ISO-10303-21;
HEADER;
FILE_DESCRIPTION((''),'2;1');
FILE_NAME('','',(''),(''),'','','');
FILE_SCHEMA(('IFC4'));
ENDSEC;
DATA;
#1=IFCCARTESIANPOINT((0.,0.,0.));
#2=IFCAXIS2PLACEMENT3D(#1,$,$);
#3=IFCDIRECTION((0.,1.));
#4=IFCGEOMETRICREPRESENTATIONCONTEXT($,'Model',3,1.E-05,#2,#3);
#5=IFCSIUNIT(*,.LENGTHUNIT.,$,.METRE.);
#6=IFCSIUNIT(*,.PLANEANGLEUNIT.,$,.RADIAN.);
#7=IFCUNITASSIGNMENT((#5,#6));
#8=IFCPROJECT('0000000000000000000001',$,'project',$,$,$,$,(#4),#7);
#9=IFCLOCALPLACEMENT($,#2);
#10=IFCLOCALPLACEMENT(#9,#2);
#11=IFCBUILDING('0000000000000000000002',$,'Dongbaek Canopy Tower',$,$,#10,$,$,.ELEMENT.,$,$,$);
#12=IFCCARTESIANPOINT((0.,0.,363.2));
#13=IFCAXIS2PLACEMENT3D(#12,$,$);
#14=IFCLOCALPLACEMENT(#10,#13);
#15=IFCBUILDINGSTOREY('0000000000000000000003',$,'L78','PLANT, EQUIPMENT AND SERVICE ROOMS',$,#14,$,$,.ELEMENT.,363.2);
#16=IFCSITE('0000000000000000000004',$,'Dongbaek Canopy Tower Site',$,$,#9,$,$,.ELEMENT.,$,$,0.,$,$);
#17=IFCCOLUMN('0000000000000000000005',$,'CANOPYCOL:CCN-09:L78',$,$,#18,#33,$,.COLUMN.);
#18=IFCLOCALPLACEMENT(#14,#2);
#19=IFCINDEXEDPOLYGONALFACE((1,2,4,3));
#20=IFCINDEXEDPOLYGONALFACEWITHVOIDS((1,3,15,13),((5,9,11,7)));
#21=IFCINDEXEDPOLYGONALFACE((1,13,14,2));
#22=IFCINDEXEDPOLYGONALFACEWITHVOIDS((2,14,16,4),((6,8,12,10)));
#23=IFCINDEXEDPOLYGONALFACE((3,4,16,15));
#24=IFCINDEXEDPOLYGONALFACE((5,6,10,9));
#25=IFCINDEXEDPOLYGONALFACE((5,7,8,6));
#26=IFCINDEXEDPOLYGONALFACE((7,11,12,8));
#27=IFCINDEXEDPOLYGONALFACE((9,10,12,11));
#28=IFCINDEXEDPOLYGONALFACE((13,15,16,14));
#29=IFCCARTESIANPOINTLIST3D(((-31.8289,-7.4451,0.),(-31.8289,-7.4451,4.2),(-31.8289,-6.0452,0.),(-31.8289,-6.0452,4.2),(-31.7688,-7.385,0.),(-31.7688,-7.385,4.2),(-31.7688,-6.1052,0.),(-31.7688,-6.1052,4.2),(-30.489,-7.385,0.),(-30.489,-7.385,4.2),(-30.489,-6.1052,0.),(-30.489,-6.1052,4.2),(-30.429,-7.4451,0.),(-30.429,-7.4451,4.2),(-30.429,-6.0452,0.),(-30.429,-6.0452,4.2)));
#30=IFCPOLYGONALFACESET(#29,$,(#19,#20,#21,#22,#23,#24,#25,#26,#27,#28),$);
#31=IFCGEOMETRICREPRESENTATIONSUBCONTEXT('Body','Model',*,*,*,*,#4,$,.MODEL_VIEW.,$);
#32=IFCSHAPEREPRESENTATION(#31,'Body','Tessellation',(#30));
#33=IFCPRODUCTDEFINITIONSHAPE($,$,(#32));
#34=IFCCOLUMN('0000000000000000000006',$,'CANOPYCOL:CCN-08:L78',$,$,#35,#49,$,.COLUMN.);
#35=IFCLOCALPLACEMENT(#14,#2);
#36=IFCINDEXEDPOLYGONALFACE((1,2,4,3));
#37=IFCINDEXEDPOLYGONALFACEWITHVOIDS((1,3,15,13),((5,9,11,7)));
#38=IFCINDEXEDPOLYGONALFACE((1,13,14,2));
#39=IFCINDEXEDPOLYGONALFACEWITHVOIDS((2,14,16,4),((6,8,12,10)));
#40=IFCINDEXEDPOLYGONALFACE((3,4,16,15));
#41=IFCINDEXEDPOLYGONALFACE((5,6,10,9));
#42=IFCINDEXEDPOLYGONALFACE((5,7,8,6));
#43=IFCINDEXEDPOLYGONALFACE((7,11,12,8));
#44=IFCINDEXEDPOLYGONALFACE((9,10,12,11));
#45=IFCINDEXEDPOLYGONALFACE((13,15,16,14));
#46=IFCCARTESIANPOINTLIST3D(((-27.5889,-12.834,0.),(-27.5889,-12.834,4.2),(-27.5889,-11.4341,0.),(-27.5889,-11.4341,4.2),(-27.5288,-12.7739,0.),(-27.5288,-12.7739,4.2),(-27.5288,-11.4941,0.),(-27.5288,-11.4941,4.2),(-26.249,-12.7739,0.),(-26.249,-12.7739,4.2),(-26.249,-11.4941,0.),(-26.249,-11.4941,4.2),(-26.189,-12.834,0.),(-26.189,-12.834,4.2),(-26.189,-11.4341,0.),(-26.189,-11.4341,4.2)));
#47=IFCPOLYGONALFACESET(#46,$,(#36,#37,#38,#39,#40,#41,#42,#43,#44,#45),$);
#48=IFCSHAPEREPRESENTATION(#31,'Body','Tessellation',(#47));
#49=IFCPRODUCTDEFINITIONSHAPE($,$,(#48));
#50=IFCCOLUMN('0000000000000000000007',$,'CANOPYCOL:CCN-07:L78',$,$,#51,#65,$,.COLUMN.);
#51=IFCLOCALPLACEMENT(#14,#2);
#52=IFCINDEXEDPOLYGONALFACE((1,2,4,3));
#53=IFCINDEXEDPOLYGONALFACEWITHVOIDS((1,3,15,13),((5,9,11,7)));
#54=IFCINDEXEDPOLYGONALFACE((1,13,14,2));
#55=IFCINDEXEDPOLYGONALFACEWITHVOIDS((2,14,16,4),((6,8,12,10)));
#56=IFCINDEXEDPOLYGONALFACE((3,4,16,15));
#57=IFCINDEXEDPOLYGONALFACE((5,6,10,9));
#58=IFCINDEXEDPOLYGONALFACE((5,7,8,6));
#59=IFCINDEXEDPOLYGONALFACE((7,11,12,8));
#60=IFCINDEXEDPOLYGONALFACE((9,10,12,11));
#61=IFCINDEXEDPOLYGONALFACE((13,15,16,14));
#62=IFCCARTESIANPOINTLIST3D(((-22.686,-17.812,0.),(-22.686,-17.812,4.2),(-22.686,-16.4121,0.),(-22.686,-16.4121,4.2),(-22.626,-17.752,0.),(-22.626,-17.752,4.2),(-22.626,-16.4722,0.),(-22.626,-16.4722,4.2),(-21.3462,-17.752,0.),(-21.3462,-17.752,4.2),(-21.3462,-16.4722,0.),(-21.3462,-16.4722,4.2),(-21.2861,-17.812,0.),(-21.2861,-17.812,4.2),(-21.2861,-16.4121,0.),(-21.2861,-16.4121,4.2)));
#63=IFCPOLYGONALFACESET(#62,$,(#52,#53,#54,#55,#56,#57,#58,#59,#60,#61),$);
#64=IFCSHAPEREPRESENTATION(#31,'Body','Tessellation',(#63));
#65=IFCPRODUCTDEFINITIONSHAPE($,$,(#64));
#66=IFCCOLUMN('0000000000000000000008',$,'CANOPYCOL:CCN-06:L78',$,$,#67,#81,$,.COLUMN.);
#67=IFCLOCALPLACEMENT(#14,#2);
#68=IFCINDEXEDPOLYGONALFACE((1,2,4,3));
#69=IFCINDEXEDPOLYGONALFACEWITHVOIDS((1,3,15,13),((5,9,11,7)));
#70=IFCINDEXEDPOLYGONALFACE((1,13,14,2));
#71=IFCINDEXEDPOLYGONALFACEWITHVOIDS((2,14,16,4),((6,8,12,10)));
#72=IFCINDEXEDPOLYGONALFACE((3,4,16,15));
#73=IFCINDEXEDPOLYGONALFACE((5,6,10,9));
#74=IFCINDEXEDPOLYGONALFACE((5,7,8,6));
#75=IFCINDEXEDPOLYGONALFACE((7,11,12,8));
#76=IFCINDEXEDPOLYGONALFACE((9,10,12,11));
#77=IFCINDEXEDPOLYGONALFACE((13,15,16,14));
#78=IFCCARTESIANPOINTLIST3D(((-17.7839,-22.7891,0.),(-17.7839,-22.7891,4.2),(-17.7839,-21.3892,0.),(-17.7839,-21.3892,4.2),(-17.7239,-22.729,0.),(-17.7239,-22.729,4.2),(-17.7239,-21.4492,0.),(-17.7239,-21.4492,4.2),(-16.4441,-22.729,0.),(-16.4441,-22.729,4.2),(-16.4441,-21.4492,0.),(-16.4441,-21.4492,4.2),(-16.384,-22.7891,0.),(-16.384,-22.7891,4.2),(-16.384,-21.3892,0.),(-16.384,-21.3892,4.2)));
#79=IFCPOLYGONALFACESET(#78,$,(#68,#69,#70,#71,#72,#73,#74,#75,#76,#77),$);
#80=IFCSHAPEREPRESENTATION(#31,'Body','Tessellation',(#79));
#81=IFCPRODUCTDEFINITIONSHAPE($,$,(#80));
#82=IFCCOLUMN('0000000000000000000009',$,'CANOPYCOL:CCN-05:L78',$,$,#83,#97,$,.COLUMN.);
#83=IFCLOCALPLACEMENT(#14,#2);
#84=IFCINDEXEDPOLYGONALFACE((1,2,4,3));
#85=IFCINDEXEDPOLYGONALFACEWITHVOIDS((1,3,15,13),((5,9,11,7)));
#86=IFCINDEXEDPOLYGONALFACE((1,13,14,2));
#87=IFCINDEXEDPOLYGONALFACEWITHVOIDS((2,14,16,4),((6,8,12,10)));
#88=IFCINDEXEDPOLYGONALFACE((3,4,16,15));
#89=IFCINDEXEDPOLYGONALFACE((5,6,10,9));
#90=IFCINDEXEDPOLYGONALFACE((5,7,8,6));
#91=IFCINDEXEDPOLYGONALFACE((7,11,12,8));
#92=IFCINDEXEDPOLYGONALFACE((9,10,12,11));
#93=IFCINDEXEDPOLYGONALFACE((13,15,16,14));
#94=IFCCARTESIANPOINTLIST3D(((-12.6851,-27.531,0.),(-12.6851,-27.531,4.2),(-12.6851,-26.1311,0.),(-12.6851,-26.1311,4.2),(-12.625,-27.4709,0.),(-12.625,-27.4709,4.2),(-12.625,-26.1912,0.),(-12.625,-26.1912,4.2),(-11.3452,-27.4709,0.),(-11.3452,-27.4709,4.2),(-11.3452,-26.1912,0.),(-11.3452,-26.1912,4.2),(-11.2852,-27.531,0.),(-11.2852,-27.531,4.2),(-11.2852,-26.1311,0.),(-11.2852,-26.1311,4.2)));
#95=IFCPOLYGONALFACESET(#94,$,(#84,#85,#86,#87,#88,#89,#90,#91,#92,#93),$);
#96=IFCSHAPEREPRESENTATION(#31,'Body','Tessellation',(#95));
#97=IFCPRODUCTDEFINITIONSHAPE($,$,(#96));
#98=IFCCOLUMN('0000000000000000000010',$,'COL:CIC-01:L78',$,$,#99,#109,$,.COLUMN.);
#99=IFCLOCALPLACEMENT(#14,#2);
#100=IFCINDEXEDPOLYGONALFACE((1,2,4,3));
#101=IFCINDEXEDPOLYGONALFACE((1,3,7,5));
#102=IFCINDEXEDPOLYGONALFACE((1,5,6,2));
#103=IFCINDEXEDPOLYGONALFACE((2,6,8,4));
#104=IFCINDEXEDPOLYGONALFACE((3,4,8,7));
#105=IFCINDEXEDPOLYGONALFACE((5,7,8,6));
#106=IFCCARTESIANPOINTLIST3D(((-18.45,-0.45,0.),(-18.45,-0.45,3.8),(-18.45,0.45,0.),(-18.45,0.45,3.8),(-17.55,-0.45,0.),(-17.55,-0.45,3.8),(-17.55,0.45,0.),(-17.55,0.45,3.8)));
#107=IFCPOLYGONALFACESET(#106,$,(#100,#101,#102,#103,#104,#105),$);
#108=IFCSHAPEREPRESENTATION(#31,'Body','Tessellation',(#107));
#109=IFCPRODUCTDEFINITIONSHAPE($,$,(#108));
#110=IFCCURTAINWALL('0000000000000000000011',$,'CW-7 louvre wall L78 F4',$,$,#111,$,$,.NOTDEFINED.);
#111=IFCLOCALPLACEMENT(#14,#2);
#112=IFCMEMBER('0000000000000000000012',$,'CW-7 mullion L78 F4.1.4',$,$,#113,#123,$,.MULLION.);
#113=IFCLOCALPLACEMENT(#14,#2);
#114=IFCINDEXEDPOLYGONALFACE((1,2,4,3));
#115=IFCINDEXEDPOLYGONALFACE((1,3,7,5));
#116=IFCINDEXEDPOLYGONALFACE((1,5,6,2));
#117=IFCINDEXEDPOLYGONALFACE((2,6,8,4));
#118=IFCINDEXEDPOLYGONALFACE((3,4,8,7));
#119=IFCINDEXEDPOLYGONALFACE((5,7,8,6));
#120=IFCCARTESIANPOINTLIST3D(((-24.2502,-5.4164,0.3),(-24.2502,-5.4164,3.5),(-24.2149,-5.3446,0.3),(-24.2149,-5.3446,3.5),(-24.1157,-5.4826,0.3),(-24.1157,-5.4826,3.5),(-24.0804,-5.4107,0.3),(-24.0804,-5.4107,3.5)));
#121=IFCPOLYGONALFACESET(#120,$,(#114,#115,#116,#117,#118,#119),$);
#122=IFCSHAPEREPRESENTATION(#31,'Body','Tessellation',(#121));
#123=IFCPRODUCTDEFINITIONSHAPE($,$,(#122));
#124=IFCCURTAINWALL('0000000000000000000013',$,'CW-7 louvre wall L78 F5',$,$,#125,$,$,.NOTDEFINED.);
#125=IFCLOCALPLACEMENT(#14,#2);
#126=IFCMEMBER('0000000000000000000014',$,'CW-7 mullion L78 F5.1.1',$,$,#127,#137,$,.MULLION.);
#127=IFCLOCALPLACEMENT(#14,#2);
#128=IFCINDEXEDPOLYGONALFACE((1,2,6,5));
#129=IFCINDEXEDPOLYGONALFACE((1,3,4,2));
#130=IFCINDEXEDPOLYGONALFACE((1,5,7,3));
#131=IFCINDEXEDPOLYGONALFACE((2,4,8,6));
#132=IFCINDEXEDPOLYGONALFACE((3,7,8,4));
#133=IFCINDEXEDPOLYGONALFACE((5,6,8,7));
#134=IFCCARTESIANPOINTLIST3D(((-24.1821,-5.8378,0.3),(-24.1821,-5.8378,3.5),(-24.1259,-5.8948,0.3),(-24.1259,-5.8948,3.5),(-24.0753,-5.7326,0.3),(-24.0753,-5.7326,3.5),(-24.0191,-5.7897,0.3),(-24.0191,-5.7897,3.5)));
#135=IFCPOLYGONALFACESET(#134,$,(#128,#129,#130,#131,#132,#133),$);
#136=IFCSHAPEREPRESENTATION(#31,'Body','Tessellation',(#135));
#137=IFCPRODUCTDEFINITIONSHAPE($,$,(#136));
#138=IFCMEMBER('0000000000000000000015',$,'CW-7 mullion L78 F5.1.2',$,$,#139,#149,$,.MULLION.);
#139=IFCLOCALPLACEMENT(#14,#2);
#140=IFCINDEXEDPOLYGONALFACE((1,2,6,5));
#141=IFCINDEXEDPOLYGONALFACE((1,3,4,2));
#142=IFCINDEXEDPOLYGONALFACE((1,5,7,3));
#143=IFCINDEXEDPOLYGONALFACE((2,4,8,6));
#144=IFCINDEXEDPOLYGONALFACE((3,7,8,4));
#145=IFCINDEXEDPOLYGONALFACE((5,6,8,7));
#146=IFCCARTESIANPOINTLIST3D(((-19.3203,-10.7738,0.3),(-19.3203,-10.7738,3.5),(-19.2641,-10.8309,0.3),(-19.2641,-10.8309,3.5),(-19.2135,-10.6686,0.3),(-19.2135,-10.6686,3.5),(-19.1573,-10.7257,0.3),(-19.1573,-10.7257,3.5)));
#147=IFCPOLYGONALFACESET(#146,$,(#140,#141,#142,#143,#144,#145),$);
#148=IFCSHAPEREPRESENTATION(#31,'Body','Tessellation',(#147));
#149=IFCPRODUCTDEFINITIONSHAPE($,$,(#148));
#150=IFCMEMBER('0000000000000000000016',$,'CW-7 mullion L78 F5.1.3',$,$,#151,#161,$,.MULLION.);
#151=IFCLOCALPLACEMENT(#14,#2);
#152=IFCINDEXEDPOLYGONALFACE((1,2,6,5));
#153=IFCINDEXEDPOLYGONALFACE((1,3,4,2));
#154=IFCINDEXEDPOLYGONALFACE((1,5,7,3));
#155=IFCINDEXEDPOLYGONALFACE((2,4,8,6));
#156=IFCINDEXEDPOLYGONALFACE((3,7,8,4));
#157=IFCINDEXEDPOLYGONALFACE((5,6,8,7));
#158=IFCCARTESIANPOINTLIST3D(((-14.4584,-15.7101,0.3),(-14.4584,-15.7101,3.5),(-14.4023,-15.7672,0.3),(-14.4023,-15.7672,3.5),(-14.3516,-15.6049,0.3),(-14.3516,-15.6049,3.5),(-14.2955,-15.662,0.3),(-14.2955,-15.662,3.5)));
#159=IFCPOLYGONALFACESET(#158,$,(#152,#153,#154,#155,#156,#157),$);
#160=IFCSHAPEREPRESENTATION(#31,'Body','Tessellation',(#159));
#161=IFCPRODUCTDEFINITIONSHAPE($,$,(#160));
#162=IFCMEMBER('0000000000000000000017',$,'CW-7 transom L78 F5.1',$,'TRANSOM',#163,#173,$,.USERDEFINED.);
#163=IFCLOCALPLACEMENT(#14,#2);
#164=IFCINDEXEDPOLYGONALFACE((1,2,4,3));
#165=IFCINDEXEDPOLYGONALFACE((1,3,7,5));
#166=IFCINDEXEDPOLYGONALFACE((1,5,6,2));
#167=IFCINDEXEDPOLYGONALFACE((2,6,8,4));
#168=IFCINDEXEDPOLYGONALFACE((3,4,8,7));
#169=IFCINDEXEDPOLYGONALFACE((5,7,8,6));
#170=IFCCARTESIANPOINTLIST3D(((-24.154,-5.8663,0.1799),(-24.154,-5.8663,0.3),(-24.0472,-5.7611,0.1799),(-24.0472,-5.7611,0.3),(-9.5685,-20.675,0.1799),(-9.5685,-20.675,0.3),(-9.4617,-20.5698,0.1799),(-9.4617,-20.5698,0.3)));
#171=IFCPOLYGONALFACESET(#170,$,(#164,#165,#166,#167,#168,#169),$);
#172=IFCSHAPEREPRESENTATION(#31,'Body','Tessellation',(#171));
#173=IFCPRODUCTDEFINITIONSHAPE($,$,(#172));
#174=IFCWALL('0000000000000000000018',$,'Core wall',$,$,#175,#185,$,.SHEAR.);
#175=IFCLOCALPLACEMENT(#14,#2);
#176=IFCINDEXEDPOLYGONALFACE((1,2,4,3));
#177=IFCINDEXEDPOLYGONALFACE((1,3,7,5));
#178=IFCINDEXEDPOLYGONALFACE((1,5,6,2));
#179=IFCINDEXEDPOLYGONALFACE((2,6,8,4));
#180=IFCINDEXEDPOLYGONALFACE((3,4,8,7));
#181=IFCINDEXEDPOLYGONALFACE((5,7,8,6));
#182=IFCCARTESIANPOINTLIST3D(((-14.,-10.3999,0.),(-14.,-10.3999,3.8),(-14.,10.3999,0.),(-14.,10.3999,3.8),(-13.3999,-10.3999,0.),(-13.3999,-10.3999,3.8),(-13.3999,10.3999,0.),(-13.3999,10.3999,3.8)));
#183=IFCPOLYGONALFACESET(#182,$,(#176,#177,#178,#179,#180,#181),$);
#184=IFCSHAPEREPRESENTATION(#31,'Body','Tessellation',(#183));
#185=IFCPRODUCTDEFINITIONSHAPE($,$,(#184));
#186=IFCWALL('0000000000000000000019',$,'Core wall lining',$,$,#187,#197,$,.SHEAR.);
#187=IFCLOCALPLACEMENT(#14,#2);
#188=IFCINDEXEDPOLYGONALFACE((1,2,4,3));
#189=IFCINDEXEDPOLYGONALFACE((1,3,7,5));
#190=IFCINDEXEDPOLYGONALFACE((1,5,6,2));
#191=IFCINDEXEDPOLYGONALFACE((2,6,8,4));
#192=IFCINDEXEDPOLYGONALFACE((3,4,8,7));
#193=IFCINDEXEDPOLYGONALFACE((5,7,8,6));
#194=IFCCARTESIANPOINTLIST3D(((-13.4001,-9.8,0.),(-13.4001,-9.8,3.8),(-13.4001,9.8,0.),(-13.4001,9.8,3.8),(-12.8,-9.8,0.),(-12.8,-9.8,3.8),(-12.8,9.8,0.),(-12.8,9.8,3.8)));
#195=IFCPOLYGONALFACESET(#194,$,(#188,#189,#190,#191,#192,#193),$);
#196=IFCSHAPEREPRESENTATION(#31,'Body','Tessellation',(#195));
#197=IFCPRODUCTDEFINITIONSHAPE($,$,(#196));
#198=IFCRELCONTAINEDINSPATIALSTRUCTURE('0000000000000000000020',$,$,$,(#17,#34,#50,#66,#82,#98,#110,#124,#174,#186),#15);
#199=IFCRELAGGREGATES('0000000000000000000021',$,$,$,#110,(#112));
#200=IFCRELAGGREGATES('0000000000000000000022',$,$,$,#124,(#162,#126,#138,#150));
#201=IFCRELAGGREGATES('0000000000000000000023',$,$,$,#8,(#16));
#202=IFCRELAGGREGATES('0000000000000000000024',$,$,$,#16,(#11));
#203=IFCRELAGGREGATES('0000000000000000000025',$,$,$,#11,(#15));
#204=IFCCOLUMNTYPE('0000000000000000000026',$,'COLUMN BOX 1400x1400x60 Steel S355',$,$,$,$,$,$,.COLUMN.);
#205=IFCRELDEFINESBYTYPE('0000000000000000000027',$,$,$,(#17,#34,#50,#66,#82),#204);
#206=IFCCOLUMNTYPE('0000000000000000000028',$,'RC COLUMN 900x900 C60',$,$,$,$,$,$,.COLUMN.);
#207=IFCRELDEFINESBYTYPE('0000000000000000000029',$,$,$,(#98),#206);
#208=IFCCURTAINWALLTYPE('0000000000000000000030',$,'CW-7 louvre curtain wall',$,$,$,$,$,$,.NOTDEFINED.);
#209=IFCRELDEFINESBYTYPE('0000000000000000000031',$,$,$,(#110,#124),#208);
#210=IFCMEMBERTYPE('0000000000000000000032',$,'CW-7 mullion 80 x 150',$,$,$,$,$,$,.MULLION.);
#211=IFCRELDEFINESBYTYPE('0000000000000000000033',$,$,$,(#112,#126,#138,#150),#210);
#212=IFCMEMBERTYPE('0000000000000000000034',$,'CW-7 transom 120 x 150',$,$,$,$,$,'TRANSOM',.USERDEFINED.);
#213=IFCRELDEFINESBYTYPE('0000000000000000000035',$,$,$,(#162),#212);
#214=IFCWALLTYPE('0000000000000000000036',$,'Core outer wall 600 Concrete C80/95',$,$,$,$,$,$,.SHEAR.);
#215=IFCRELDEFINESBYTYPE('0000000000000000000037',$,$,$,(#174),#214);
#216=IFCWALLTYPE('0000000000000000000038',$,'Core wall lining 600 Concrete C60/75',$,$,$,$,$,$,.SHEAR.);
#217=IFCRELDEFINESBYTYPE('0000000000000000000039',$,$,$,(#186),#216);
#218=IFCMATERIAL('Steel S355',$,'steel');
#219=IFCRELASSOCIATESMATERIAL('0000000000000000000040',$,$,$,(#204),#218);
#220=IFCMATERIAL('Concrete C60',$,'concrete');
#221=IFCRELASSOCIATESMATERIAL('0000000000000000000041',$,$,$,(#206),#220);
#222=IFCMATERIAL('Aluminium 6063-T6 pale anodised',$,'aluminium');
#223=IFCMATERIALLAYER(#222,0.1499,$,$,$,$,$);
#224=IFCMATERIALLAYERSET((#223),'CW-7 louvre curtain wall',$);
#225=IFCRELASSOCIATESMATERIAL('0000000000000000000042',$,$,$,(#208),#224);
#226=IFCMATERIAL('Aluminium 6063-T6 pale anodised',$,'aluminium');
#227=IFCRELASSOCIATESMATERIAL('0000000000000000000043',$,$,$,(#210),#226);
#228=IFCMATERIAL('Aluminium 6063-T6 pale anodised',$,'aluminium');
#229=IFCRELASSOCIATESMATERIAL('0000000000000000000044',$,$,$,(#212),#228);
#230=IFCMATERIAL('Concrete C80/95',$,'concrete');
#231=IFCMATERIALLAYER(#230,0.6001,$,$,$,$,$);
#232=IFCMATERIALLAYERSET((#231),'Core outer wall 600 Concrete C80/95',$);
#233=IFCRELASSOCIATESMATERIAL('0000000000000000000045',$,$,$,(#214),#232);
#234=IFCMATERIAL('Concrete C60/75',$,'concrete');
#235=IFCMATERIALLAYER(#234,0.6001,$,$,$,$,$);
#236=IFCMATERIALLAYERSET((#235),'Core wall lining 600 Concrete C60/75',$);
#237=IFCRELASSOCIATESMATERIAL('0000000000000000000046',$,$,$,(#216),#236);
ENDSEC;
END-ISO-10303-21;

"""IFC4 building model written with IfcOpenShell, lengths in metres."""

from ifc_helpers import new_model, si_unit, direction, frame, frame_2d, origin, origin_2d, place, context, subcontext, project, spatial, rectangle, hollow_rectangle, extrude, material, layer, layer_set, material_profile, profile_set, type_object, element, aggregate, save


model = new_model("IFC4")

# Units and contexts
model_context = context("Model", 3, precision=1e-05, world=origin(), true_north=direction((0.0, 1.0)))
body_context = subcontext(model_context, "Body", "Model", "MODEL_VIEW")
ifc_project = project(units=[si_unit("LENGTHUNIT", "METRE"), si_unit("PLANEANGLEUNIT", "RADIAN")], contexts=[model_context])

# Site, building, storey
site_placement = place(None, origin())
site = spatial("IfcSite", under=ifc_project, at=site_placement, Name="Dongbaek Canopy Tower Site", CompositionType="ELEMENT", RefElevation=0.0)
building_placement = place(site_placement, origin())
building = spatial("IfcBuilding", under=site, at=building_placement, Name="Dongbaek Canopy Tower", CompositionType="ELEMENT")
storey_placement = place(building_placement, frame((0.0, 0.0, 363.2)))
storey = spatial("IfcBuildingStorey", under=building, at=storey_placement, Name="L78", Description="PLANT, EQUIPMENT AND SERVICE ROOMS", CompositionType="ELEMENT", Elevation=363.2)

# Columns
ifc_material_1 = material(Name="Steel S355", Category="steel")
ifc_material_profile_1 = material_profile(ifc_material_1, hollow_rectangle(XDim=1.3999, YDim=1.3999, WallThickness=0.0601, at=origin_2d()), Name="COLUMN BOX 1400x1400x60 Steel S355")
ifc_profile_set_1 = profile_set([ifc_material_profile_1], Name="Steel S355")
column_type_1 = type_object("IfcColumnType", Name="COLUMN BOX 1400x1400x60 Steel S355", PredefinedType="COLUMN", material=ifc_profile_set_1)
for number, where, z_axis, x_axis, name in (
    (1, (-31.1289, -6.7451, 0.0), (0.0, 0.0, 1.0), (1.0, 0.0, 0.0), "CANOPYCOL:CCN-09:L78"),
    (2, (-26.8889, -12.134, 0.0), (0.0, 0.0, 1.0), (1.0, 0.0, 0.0), "CANOPYCOL:CCN-08:L78"),
    (3, (-21.9861, -17.1121, 0.0), (0.0, 0.0, 1.0), (1.0, 0.0, 0.0), "CANOPYCOL:CCN-07:L78"),
    (4, (-17.084, -22.0891, 0.0), (0.0, 0.0, 1.0), (1.0, 0.0, 0.0), "CANOPYCOL:CCN-06:L78"),
    (5, (-11.9851, -26.8311, 0.0), (0.0, 0.0, 1.0), (1.0, 0.0, 0.0), "CANOPYCOL:CCN-05:L78"),
):
    element("IfcColumn", number, at=place(storey_placement, frame(where, z_axis=z_axis, x_axis=x_axis)), inside=storey, type_object=column_type_1, Name=name, PredefinedType="COLUMN", context=body_context, shape_type="SweptSolid", body=[
        extrude(hollow_rectangle(XDim=1.3999, YDim=1.3999, WallThickness=0.0601, at=origin_2d()), origin(), (0.0, 0.0, 1.0), 4.2),
    ])
ifc_material_2 = material(Name="Concrete C60", Category="concrete")
ifc_material_profile_2 = material_profile(ifc_material_2, rectangle(XDim=0.8999, YDim=0.8999, at=origin_2d()), Name="RC COLUMN 900x900 C60")
ifc_profile_set_2 = profile_set([ifc_material_profile_2], Name="Concrete C60")
column_type_2 = type_object("IfcColumnType", Name="RC COLUMN 900x900 C60", PredefinedType="COLUMN", material=ifc_profile_set_2)
column_placement = place(storey_placement, frame((-18.0, 0.0, 0.0), z_axis=(0.0, 0.0, 1.0), x_axis=(1.0, 0.0, 0.0)))
element("IfcColumn", 6, at=column_placement, inside=storey, type_object=column_type_2, Name="COL:CIC-01:L78", PredefinedType="COLUMN", context=body_context, shape_type="SweptSolid", body=[
    extrude(rectangle(XDim=0.8999, YDim=0.8999, at=origin_2d()), origin(), (0.0, 0.0, 1.0), 3.8),
])

# Curtain wall, member
ifc_material_3 = material(Name="Aluminium 6063-T6 pale anodised", Category="aluminium")
ifc_layer_1 = layer(ifc_material_3, 0.1499)
ifc_layer_set_1 = layer_set([ifc_layer_1], Name="CW-7 louvre curtain wall")
curtain_wall_type = type_object("IfcCurtainWallType", Name="CW-7 louvre curtain wall", PredefinedType="NOTDEFINED", material=ifc_layer_set_1)
curtain_wall_1_placement = place(storey_placement, origin())
curtain_wall_1 = element("IfcCurtainWall", 7, at=curtain_wall_1_placement, inside=storey, type_object=curtain_wall_type, Name="CW-7 louvre wall L78 F4", PredefinedType="NOTDEFINED")
ifc_material_4 = material(Name="Aluminium 6063-T6 pale anodised", Category="aluminium")
ifc_material_profile_3 = material_profile(ifc_material_4, rectangle(XDim=0.1499, YDim=0.0801, at=origin_2d()), Name="CW-7 mullion 80 x 150")
ifc_profile_set_3 = profile_set([ifc_material_profile_3], Name="Aluminium 6063-T6 pale anodised")
member_type_1 = type_object("IfcMemberType", Name="CW-7 mullion 80 x 150", PredefinedType="MULLION", material=ifc_profile_set_3)
member_1_placement = place(storey_placement, frame((-24.1653, -5.4136, 0.3), z_axis=(0.0, 0.0, 1.0), x_axis=(-0.897339, 0.441342, 0.0)))
member_1 = element("IfcMember", 8, at=member_1_placement, type_object=member_type_1, Name="CW-7 mullion L78 F4.1.4", PredefinedType="MULLION", context=body_context, shape_type="SweptSolid", body=[
    extrude(rectangle(XDim=0.1499, YDim=0.0801, at=origin_2d()), origin(), (0.0, 0.0, 1.0), 3.2),
])

# Curtain wall, members
curtain_wall_2_placement = place(storey_placement, origin())
curtain_wall_2 = element("IfcCurtainWall", 9, at=curtain_wall_2_placement, inside=storey, type_object=curtain_wall_type, Name="CW-7 louvre wall L78 F5", PredefinedType="NOTDEFINED")
member_2_placement = place(storey_placement, frame((-24.1006, -5.8137, 0.3), z_axis=(0.0, 0.0, 1.0), x_axis=(-0.712455, -0.701718, 0.0)))
member_2 = element("IfcMember", 10, at=member_2_placement, type_object=member_type_1, Name="CW-7 mullion L78 F5.1.1", PredefinedType="MULLION", context=body_context, shape_type="SweptSolid", body=[
    extrude(rectangle(XDim=0.1499, YDim=0.0801, at=origin_2d()), origin(), (0.0, 0.0, 1.0), 3.2),
])
member_3_placement = place(storey_placement, frame((-19.2388, -10.7498, 0.3), z_axis=(0.0, 0.0, 1.0), x_axis=(-0.712455, -0.701718, 0.0)))
member_3 = element("IfcMember", 11, at=member_3_placement, type_object=member_type_1, Name="CW-7 mullion L78 F5.1.2", PredefinedType="MULLION", context=body_context, shape_type="SweptSolid", body=[
    extrude(rectangle(XDim=0.1499, YDim=0.0801, at=origin_2d()), origin(), (0.0, 0.0, 1.0), 3.2),
])
member_4_placement = place(storey_placement, frame((-14.377, -15.686, 0.3), z_axis=(0.0, 0.0, 1.0), x_axis=(-0.712455, -0.701718, 0.0)))
member_4 = element("IfcMember", 12, at=member_4_placement, type_object=member_type_1, Name="CW-7 mullion L78 F5.1.3", PredefinedType="MULLION", context=body_context, shape_type="SweptSolid", body=[
    extrude(rectangle(XDim=0.1499, YDim=0.0801, at=origin_2d()), origin(), (0.0, 0.0, 1.0), 3.2),
])
ifc_material_5 = material(Name="Aluminium 6063-T6 pale anodised", Category="aluminium")
ifc_material_profile_4 = material_profile(ifc_material_5, rectangle(XDim=0.1499, YDim=0.1201, at=origin_2d()), Name="CW-7 transom 120 x 150")
ifc_profile_set_4 = profile_set([ifc_material_profile_4], Name="Aluminium 6063-T6 pale anodised")
member_type_2 = type_object("IfcMemberType", Name="CW-7 transom 120 x 150", ElementType="TRANSOM", PredefinedType="USERDEFINED", material=ifc_profile_set_4)
member_5_placement = place(storey_placement, frame((-24.1006, -5.8137, 0.24), z_axis=(0.701719, -0.712454, 0.0), x_axis=(0.712454, 0.701719, 0.0)))
member_5 = element("IfcMember", 13, at=member_5_placement, type_object=member_type_2, Name="CW-7 transom L78 F5.1", ObjectType="TRANSOM", PredefinedType="USERDEFINED", context=body_context, shape_type="SweptSolid", body=[
    extrude(rectangle(XDim=0.1499, YDim=0.1201, at=origin_2d()), origin(), (0.0, 0.0, 1.0), 20.7854),
])

# Walls
ifc_material_6 = material(Name="Concrete C80/95", Category="concrete")
ifc_layer_2 = layer(ifc_material_6, 0.6001)
ifc_layer_set_2 = layer_set([ifc_layer_2], Name="Core outer wall 600 Concrete C80/95")
wall_type_1 = type_object("IfcWallType", Name="Core outer wall 600 Concrete C80/95", PredefinedType="SHEAR", material=ifc_layer_set_2)
wall_1_placement = place(storey_placement, frame((-13.7, -10.3999, 0.0), z_axis=(0.0, 0.0, 1.0), x_axis=(0.0, 1.0, 0.0)))
element("IfcWall", 14, at=wall_1_placement, inside=storey, type_object=wall_type_1, Name="Core wall", PredefinedType="SHEAR", context=body_context, shape_type="SweptSolid", body=[
    extrude(rectangle(XDim=20.7998, YDim=0.6001, at=frame_2d((10.3999, 0.0))), origin(), (0.0, 0.0, 1.0), 3.8),
])
ifc_material_7 = material(Name="Concrete C60/75", Category="concrete")
ifc_layer_3 = layer(ifc_material_7, 0.6001)
ifc_layer_set_3 = layer_set([ifc_layer_3], Name="Core wall lining 600 Concrete C60/75")
wall_type_2 = type_object("IfcWallType", Name="Core wall lining 600 Concrete C60/75", PredefinedType="SHEAR", material=ifc_layer_set_3)
wall_2_placement = place(storey_placement, frame((-13.1001, -9.8, 0.0), z_axis=(0.0, 0.0, 1.0), x_axis=(0.0, 1.0, 0.0)))
element("IfcWall", 15, at=wall_2_placement, inside=storey, type_object=wall_type_2, Name="Core wall lining", PredefinedType="SHEAR", context=body_context, shape_type="SweptSolid", body=[
    extrude(rectangle(XDim=19.6001, YDim=0.6001, at=frame_2d((9.8, 0.0))), origin(), (0.0, 0.0, 1.0), 3.8),
])

aggregate(curtain_wall_1, [member_1])
aggregate(curtain_wall_2, [member_5, member_2, member_3, member_4])

save(model, "model.ifc")
